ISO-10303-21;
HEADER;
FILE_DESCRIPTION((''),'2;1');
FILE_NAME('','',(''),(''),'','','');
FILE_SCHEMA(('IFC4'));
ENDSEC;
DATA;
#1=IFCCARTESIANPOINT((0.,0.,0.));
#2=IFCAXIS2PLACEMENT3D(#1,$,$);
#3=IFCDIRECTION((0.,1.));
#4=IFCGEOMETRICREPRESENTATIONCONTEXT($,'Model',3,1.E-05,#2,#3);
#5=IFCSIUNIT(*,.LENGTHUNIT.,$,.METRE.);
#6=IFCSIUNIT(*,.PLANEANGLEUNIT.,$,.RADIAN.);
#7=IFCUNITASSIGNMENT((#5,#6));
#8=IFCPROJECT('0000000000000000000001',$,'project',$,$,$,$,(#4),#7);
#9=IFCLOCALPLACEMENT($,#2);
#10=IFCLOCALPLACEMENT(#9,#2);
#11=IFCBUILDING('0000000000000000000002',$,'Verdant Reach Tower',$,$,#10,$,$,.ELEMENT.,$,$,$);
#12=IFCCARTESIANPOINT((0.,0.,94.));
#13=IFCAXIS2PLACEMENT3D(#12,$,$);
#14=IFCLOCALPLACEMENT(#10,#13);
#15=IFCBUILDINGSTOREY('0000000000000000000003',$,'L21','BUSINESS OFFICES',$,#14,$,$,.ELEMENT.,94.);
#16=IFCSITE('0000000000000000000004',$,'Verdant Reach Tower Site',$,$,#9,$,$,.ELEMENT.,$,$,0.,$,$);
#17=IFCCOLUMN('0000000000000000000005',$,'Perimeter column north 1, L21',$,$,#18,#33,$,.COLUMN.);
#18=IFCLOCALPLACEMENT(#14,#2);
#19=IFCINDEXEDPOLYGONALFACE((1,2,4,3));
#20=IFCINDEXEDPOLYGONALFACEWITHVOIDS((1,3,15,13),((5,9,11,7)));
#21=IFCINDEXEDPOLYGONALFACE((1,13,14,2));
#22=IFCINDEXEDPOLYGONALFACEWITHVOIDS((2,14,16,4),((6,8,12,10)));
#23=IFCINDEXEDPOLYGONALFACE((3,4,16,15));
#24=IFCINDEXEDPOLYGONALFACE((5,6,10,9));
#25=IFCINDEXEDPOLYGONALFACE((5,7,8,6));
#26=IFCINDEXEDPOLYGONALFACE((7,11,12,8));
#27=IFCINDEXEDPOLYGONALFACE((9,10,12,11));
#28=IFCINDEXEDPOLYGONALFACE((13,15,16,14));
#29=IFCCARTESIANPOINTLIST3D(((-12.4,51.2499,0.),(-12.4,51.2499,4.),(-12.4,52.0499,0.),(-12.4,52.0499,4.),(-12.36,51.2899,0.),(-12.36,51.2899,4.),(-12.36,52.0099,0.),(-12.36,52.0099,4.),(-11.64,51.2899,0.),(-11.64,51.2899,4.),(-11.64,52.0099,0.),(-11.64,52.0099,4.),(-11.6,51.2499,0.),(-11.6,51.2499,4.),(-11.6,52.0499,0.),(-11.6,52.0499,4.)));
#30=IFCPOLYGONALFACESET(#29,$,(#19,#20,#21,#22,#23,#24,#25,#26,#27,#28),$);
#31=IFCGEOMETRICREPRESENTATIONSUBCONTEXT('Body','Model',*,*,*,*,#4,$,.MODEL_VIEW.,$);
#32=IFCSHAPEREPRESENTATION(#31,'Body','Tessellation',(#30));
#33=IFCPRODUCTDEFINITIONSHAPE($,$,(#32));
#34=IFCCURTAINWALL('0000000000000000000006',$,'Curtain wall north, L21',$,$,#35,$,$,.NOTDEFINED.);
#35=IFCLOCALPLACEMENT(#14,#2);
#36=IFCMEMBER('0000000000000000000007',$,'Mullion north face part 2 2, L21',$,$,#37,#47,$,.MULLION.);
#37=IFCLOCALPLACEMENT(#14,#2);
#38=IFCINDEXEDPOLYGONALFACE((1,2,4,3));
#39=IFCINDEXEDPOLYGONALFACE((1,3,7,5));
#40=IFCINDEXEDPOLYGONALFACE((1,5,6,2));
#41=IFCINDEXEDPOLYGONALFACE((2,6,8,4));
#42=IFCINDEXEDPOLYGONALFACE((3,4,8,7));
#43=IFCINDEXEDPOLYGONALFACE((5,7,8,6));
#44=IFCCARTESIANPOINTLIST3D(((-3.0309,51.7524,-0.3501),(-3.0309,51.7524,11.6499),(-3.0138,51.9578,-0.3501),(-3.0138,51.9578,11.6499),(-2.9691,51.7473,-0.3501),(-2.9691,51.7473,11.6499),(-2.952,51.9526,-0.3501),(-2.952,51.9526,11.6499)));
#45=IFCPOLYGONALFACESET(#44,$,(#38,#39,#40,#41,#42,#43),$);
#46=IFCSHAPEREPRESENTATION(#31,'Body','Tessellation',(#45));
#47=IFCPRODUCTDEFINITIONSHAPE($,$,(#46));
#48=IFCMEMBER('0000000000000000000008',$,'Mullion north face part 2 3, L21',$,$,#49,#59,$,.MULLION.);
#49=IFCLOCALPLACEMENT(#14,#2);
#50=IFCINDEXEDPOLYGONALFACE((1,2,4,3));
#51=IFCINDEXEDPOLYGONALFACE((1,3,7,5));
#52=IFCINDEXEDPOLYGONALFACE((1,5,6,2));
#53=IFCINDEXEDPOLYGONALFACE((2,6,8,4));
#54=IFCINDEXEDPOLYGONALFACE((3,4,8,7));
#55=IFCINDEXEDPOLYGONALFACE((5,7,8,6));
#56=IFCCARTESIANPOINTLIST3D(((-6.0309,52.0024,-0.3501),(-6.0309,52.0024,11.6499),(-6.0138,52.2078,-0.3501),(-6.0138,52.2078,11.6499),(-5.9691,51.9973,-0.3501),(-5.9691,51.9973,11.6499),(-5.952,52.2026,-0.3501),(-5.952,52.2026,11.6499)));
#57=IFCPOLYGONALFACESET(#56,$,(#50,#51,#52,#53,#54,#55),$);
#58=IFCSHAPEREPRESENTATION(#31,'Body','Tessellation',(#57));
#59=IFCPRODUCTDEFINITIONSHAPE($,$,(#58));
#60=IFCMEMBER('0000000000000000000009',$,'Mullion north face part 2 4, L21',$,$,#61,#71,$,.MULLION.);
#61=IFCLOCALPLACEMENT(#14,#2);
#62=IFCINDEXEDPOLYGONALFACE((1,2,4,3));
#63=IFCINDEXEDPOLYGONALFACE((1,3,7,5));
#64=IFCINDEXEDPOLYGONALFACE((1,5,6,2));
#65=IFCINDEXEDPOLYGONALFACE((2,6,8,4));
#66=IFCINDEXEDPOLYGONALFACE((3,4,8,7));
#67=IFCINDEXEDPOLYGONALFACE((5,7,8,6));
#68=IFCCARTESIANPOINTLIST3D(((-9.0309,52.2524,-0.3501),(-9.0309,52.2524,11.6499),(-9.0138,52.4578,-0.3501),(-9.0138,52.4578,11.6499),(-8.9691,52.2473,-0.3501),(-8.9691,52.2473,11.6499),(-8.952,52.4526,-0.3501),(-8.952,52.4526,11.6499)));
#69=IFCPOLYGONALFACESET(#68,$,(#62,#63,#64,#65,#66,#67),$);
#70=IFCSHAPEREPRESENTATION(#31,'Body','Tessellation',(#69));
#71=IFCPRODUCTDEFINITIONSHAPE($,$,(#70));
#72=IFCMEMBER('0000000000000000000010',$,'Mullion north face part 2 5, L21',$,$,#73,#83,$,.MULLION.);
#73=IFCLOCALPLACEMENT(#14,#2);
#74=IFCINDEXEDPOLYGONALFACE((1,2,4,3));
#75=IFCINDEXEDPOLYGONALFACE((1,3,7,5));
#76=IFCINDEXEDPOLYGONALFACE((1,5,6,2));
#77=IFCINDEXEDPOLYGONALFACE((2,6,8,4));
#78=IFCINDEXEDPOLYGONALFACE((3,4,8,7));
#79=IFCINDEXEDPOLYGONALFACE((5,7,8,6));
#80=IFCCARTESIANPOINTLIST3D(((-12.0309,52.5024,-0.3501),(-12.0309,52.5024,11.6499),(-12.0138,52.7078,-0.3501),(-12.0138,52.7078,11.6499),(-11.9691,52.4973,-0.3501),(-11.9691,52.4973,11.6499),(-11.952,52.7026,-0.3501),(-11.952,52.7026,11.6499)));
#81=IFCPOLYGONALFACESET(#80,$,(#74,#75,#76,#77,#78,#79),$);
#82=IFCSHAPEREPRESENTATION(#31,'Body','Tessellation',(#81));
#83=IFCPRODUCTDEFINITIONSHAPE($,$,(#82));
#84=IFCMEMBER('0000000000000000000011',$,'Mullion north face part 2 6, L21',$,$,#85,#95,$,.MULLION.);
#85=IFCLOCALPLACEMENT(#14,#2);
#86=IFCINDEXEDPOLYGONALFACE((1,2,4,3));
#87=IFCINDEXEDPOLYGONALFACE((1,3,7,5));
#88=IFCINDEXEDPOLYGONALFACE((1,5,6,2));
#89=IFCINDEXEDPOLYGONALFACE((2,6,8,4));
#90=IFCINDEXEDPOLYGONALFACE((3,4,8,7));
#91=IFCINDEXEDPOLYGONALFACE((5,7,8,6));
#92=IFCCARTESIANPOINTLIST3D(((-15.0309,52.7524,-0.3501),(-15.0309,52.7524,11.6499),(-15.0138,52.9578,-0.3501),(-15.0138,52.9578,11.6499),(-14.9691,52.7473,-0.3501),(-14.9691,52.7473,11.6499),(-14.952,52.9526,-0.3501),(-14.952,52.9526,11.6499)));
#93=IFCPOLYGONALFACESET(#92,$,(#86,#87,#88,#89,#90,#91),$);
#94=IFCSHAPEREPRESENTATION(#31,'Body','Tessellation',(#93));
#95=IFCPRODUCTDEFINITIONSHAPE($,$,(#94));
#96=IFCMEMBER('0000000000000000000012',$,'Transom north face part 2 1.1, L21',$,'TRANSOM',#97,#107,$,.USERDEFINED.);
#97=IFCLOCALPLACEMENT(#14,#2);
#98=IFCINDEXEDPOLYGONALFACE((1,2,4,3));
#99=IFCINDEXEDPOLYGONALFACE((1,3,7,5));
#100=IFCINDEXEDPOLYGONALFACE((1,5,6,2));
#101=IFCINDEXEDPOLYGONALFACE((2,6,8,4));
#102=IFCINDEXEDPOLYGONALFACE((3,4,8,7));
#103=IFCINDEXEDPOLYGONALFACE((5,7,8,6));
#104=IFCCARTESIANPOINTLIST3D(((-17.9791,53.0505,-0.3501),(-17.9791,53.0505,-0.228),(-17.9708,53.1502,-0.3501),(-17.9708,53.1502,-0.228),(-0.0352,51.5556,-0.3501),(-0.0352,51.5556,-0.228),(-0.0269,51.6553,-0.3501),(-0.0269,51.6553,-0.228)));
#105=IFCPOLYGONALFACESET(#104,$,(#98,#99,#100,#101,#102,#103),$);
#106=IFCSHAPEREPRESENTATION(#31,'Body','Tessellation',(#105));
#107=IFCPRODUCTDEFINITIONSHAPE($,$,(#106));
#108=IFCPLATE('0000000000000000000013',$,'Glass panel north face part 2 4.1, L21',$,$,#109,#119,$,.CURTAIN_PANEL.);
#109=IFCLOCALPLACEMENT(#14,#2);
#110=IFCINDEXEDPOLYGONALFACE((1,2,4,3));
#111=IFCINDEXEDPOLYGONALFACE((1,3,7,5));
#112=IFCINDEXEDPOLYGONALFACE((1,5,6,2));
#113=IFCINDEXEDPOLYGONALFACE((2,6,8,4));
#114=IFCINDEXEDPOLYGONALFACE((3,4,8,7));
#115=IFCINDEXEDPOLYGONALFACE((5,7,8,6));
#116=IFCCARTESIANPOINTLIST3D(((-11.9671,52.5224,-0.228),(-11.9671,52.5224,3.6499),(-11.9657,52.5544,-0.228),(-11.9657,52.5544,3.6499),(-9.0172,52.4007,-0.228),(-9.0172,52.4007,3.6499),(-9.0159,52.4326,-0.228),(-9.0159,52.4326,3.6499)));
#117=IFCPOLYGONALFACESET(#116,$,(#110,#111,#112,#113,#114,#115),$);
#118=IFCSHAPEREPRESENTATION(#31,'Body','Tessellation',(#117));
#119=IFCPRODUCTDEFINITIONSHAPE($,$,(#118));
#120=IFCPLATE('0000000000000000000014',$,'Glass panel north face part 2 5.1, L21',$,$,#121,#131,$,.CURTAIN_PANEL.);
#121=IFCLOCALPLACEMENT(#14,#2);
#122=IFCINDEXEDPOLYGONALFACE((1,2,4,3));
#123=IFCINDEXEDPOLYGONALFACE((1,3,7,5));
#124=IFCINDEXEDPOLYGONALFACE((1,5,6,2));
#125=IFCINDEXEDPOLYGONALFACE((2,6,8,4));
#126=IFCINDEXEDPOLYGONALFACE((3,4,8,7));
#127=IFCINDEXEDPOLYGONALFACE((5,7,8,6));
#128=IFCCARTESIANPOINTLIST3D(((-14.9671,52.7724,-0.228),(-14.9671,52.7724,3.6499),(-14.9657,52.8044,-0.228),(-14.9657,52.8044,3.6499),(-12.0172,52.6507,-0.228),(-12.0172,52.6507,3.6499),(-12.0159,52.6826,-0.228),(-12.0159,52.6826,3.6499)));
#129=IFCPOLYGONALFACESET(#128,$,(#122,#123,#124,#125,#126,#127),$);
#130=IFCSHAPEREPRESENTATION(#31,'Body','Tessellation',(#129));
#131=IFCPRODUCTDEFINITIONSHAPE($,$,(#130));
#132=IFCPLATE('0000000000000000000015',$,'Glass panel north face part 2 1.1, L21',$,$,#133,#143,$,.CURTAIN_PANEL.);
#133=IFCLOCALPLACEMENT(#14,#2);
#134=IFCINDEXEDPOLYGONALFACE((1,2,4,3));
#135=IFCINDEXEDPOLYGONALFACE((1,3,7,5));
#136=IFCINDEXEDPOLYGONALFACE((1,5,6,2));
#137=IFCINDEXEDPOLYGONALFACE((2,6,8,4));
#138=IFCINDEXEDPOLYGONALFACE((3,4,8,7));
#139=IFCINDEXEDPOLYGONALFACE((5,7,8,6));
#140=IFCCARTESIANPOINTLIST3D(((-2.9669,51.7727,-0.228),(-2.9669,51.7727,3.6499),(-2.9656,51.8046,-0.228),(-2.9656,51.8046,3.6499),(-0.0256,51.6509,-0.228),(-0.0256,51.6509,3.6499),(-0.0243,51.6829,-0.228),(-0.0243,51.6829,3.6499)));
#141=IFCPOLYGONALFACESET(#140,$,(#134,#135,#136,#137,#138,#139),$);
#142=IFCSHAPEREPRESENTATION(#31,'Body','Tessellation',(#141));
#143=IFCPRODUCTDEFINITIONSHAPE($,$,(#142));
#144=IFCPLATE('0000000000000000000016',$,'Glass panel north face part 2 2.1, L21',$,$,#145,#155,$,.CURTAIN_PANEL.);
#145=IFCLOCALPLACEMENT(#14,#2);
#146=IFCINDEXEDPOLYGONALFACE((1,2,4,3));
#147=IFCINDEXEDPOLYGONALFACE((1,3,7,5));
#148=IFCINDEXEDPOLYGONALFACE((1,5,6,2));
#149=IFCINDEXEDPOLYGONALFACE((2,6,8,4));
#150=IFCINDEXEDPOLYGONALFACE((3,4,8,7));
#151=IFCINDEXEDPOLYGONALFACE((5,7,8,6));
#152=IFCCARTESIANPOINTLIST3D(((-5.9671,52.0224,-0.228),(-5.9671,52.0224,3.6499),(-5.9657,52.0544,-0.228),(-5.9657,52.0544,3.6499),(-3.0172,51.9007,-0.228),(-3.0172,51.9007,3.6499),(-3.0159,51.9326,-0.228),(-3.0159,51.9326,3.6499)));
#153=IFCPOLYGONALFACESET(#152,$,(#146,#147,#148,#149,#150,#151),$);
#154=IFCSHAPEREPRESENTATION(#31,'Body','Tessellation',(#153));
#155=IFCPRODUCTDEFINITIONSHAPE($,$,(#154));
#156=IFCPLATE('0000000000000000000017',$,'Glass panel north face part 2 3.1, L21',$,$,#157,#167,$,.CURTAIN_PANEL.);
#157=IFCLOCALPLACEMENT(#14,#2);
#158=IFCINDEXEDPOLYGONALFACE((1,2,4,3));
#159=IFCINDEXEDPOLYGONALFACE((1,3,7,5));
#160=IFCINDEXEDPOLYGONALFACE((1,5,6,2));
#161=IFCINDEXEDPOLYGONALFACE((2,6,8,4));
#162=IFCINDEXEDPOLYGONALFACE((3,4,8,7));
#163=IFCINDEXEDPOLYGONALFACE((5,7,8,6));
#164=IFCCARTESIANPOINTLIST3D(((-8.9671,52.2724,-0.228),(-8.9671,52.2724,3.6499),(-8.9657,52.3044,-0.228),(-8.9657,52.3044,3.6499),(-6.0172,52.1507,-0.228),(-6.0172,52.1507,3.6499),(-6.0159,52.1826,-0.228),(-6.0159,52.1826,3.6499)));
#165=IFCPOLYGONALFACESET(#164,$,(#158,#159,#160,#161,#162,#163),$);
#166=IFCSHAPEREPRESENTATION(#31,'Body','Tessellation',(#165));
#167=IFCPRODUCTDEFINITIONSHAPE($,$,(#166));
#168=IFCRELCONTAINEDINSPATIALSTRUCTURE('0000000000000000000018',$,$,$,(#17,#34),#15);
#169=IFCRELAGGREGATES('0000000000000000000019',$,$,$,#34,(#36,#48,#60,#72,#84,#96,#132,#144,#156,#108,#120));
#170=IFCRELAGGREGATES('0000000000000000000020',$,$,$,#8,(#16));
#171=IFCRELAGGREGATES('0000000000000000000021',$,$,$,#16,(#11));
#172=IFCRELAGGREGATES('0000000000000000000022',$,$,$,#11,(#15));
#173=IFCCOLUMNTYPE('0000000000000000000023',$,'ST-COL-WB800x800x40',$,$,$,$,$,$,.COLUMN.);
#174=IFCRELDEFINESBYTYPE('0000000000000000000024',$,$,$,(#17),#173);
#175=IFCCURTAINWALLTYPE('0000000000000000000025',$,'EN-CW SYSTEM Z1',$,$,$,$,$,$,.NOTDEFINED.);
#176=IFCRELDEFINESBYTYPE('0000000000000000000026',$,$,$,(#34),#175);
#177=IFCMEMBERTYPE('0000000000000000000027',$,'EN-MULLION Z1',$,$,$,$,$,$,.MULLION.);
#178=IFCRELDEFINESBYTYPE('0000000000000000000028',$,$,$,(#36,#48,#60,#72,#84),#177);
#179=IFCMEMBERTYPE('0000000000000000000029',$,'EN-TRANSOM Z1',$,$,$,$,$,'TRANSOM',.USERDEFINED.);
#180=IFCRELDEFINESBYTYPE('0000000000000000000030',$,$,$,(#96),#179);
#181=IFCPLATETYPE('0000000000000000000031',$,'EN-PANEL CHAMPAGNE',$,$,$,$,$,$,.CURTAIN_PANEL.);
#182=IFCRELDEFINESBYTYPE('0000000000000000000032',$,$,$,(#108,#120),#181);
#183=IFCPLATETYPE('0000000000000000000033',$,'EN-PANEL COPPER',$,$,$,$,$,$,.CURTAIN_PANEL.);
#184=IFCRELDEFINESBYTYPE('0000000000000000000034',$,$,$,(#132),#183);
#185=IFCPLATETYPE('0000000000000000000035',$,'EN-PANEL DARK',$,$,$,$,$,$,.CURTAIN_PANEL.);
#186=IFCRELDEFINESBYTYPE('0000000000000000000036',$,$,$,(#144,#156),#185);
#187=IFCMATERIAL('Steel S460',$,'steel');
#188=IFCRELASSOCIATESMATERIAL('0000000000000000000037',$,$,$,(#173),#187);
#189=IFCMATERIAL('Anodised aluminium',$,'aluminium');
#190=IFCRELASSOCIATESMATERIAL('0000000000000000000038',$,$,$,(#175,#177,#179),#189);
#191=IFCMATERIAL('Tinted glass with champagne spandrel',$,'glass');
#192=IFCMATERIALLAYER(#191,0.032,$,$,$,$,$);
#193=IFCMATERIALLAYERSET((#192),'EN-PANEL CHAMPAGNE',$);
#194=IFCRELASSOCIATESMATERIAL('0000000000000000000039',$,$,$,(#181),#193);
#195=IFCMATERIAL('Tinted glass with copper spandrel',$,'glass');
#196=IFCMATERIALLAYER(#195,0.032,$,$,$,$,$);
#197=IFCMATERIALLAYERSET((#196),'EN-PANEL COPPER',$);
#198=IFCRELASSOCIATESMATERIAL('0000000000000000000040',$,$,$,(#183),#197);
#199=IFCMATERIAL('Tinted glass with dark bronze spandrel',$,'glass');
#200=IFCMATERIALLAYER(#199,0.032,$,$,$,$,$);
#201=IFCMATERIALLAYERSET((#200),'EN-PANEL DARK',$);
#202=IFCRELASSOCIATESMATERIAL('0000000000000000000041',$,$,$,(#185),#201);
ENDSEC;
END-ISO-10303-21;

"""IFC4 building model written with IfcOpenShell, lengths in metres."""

from ifc_helpers import new_model, si_unit, direction, frame, origin, origin_2d, place, context, subcontext, project, spatial, rectangle, hollow_rectangle, extrude, material, layer, layer_set, material_profile, profile_set, type_object, element, aggregate, save


model = new_model("IFC4")

# Units and contexts
model_context = context("Model", 3, precision=1e-05, world=origin(), true_north=direction((0.0, 1.0)))
body_context = subcontext(model_context, "Body", "Model", "MODEL_VIEW")
ifc_project = project(units=[si_unit("LENGTHUNIT", "METRE"), si_unit("PLANEANGLEUNIT", "RADIAN")], contexts=[model_context])

# Site, building, storey
site_placement = place(None, origin())
site = spatial("IfcSite", under=ifc_project, at=site_placement, Name="Verdant Reach Tower Site", CompositionType="ELEMENT", RefElevation=0.0)
building_placement = place(site_placement, origin())
building = spatial("IfcBuilding", under=site, at=building_placement, Name="Verdant Reach Tower", CompositionType="ELEMENT")
storey_placement = place(building_placement, frame((0.0, 0.0, 94.0)))
storey = spatial("IfcBuildingStorey", under=building, at=storey_placement, Name="L21", Description="BUSINESS OFFICES", CompositionType="ELEMENT", Elevation=94.0)

# Column
ifc_material_1 = material(Name="Steel S460", Category="steel")
ifc_material_profile_1 = material_profile(ifc_material_1, hollow_rectangle(XDim=0.8, YDim=0.8, WallThickness=0.04, at=origin_2d()), Name="WB 800x800x40")
ifc_profile_set_1 = profile_set([ifc_material_profile_1], Name="Steel S460")
column_type = type_object("IfcColumnType", Name="ST-COL-WB800x800x40", PredefinedType="COLUMN", material=ifc_profile_set_1)
column_placement = place(storey_placement, frame((-12.0, 51.6499, 0.0), z_axis=(0.0, 0.0, 1.0), x_axis=(1.0, 0.0, 0.0)))
element("IfcColumn", 1, at=column_placement, inside=storey, type_object=column_type, Name="Perimeter column north 1, L21", PredefinedType="COLUMN", context=body_context, shape_type="SweptSolid", body=[
    extrude(hollow_rectangle(XDim=0.8, YDim=0.8, WallThickness=0.04, at=origin_2d()), origin(), (0.0, 0.0, 1.0), 4.0),
])

# Curtain wall, members, plates
ifc_material_2 = material(Name="Anodised aluminium", Category="aluminium")
curtain_wall_type = type_object("IfcCurtainWallType", Name="EN-CW SYSTEM Z1", PredefinedType="NOTDEFINED", material=ifc_material_2)
curtain_wall_placement = place(storey_placement, origin())
curtain_wall = element("IfcCurtainWall", 2, at=curtain_wall_placement, inside=storey, type_object=curtain_wall_type, Name="Curtain wall north, L21", PredefinedType="NOTDEFINED")
ifc_material_profile_2 = material_profile(ifc_material_2, rectangle(XDim=0.2061, YDim=0.062, at=origin_2d()), Name="Mullion 62x206")
ifc_profile_set_2 = profile_set([ifc_material_profile_2], Name="Anodised aluminium")
member_type_1 = type_object("IfcMemberType", Name="EN-MULLION Z1", PredefinedType="MULLION", material=ifc_profile_set_2)
member_1_placement = place(storey_placement, frame((-2.9915, 51.8525, -0.3501), z_axis=(0.0, 0.0, 1.0), x_axis=(0.083045, 0.996546, 0.0)))
member_1 = element("IfcMember", 3, at=member_1_placement, type_object=member_type_1, Name="Mullion north face part 2 2, L21", PredefinedType="MULLION", context=body_context, shape_type="SweptSolid", body=[
    extrude(rectangle(XDim=0.2061, YDim=0.062, at=origin_2d()), origin(), (0.0, 0.0, 1.0), 12.0),
])
member_2_placement = place(storey_placement, frame((-5.9915, 52.1025, -0.3501), z_axis=(0.0, 0.0, 1.0), x_axis=(0.083045, 0.996546, 0.0)))
member_2 = element("IfcMember", 4, at=member_2_placement, type_object=member_type_1, Name="Mullion north face part 2 3, L21", PredefinedType="MULLION", context=body_context, shape_type="SweptSolid", body=[
    extrude(rectangle(XDim=0.2061, YDim=0.062, at=origin_2d()), origin(), (0.0, 0.0, 1.0), 12.0),
])
member_3_placement = place(storey_placement, frame((-8.9915, 52.3525, -0.3501), z_axis=(0.0, 0.0, 1.0), x_axis=(0.083045, 0.996546, 0.0)))
member_3 = element("IfcMember", 5, at=member_3_placement, type_object=member_type_1, Name="Mullion north face part 2 4, L21", PredefinedType="MULLION", context=body_context, shape_type="SweptSolid", body=[
    extrude(rectangle(XDim=0.2061, YDim=0.062, at=origin_2d()), origin(), (0.0, 0.0, 1.0), 12.0),
])
member_4_placement = place(storey_placement, frame((-11.9915, 52.6025, -0.3501), z_axis=(0.0, 0.0, 1.0), x_axis=(0.083045, 0.996546, 0.0)))
member_4 = element("IfcMember", 6, at=member_4_placement, type_object=member_type_1, Name="Mullion north face part 2 5, L21", PredefinedType="MULLION", context=body_context, shape_type="SweptSolid", body=[
    extrude(rectangle(XDim=0.2061, YDim=0.062, at=origin_2d()), origin(), (0.0, 0.0, 1.0), 12.0),
])
member_5_placement = place(storey_placement, frame((-14.9915, 52.8525, -0.3501), z_axis=(0.0, 0.0, 1.0), x_axis=(0.083045, 0.996546, 0.0)))
member_5 = element("IfcMember", 7, at=member_5_placement, type_object=member_type_1, Name="Mullion north face part 2 6, L21", PredefinedType="MULLION", context=body_context, shape_type="SweptSolid", body=[
    extrude(rectangle(XDim=0.2061, YDim=0.062, at=origin_2d()), origin(), (0.0, 0.0, 1.0), 12.0),
])
ifc_material_profile_3 = material_profile(ifc_material_2, rectangle(XDim=0.1001, YDim=0.1221, at=origin_2d()), Name="Transom 122x100")
ifc_profile_set_3 = profile_set([ifc_material_profile_3], Name="Anodised aluminium")
member_type_2 = type_object("IfcMemberType", Name="EN-TRANSOM Z1", ElementType="TRANSOM", PredefinedType="USERDEFINED", material=ifc_profile_set_3)
member_6_placement = place(storey_placement, frame((-0.031, 51.6055, -0.2891), z_axis=(-0.996548, 0.083021, 0.0), x_axis=(-0.083021, -0.996548, 0.0)))
member_6 = element("IfcMember", 8, at=member_6_placement, type_object=member_type_2, Name="Transom north face part 2 1.1, L21", ObjectType="TRANSOM", PredefinedType="USERDEFINED", context=body_context, shape_type="SweptSolid", body=[
    extrude(rectangle(XDim=0.1001, YDim=0.1221, at=origin_2d()), origin(), (0.0, 0.0, 1.0), 18.0061),
])
ifc_material_3 = material(Name="Tinted glass with champagne spandrel", Category="glass")
ifc_layer_1 = layer(ifc_material_3, 0.032)
ifc_layer_set_1 = layer_set([ifc_layer_1], Name="EN-PANEL CHAMPAGNE")
plate_type_1 = type_object("IfcPlateType", Name="EN-PANEL CHAMPAGNE", PredefinedType="CURTAIN_PANEL", material=ifc_layer_set_1)
plate_1_placement = place(storey_placement, frame((-10.4915, 52.4775, -0.228), z_axis=(0.0, 0.0, 1.0), x_axis=(-0.999149, 0.041242, 0.0)))
plate_1 = element("IfcPlate", 9, at=plate_1_placement, type_object=plate_type_1, Name="Glass panel north face part 2 4.1, L21", PredefinedType="CURTAIN_PANEL", context=body_context, shape_type="SweptSolid", body=[
    extrude(rectangle(XDim=2.9524, YDim=0.032, at=origin_2d()), origin(), (0.0, 0.0, 1.0), 3.8779),
])
plate_2_placement = place(storey_placement, frame((-13.4915, 52.7275, -0.228), z_axis=(0.0, 0.0, 1.0), x_axis=(-0.999149, 0.041242, 0.0)))
plate_2 = element("IfcPlate", 10, at=plate_2_placement, type_object=plate_type_1, Name="Glass panel north face part 2 5.1, L21", PredefinedType="CURTAIN_PANEL", context=body_context, shape_type="SweptSolid", body=[
    extrude(rectangle(XDim=2.9524, YDim=0.032, at=origin_2d()), origin(), (0.0, 0.0, 1.0), 3.8779),
])
ifc_material_4 = material(Name="Tinted glass with copper spandrel", Category="glass")
ifc_layer_2 = layer(ifc_material_4, 0.032)
ifc_layer_set_2 = layer_set([ifc_layer_2], Name="EN-PANEL COPPER")
plate_type_2 = type_object("IfcPlateType", Name="EN-PANEL COPPER", PredefinedType="CURTAIN_PANEL", material=ifc_layer_set_2)
plate_3_placement = place(storey_placement, frame((-1.4956, 51.7278, -0.228), z_axis=(0.0, 0.0, 1.0), x_axis=(-0.999144, 0.04136, 0.0)))
plate_3 = element("IfcPlate", 11, at=plate_3_placement, type_object=plate_type_2, Name="Glass panel north face part 2 1.1, L21", PredefinedType="CURTAIN_PANEL", context=body_context, shape_type="SweptSolid", body=[
    extrude(rectangle(XDim=2.9438, YDim=0.032, at=origin_2d()), origin(), (0.0, 0.0, 1.0), 3.8779),
])
ifc_material_5 = material(Name="Tinted glass with dark bronze spandrel", Category="glass")
ifc_layer_3 = layer(ifc_material_5, 0.032)
ifc_layer_set_3 = layer_set([ifc_layer_3], Name="EN-PANEL DARK")
plate_type_3 = type_object("IfcPlateType", Name="EN-PANEL DARK", PredefinedType="CURTAIN_PANEL", material=ifc_layer_set_3)
plate_4_placement = place(storey_placement, frame((-4.4915, 51.9775, -0.228), z_axis=(0.0, 0.0, 1.0), x_axis=(-0.999149, 0.041242, 0.0)))
plate_4 = element("IfcPlate", 12, at=plate_4_placement, type_object=plate_type_3, Name="Glass panel north face part 2 2.1, L21", PredefinedType="CURTAIN_PANEL", context=body_context, shape_type="SweptSolid", body=[
    extrude(rectangle(XDim=2.9524, YDim=0.032, at=origin_2d()), origin(), (0.0, 0.0, 1.0), 3.8779),
])
plate_5_placement = place(storey_placement, frame((-7.4915, 52.2275, -0.228), z_axis=(0.0, 0.0, 1.0), x_axis=(-0.999149, 0.041242, 0.0)))
plate_5 = element("IfcPlate", 13, at=plate_5_placement, type_object=plate_type_3, Name="Glass panel north face part 2 3.1, L21", PredefinedType="CURTAIN_PANEL", context=body_context, shape_type="SweptSolid", body=[
    extrude(rectangle(XDim=2.9524, YDim=0.032, at=origin_2d()), origin(), (0.0, 0.0, 1.0), 3.8779),
])
aggregate(curtain_wall, [member_1, member_2, member_3, member_4, member_5, member_6, plate_3, plate_4, plate_5, plate_1, plate_2])

save(model, "model.ifc")
